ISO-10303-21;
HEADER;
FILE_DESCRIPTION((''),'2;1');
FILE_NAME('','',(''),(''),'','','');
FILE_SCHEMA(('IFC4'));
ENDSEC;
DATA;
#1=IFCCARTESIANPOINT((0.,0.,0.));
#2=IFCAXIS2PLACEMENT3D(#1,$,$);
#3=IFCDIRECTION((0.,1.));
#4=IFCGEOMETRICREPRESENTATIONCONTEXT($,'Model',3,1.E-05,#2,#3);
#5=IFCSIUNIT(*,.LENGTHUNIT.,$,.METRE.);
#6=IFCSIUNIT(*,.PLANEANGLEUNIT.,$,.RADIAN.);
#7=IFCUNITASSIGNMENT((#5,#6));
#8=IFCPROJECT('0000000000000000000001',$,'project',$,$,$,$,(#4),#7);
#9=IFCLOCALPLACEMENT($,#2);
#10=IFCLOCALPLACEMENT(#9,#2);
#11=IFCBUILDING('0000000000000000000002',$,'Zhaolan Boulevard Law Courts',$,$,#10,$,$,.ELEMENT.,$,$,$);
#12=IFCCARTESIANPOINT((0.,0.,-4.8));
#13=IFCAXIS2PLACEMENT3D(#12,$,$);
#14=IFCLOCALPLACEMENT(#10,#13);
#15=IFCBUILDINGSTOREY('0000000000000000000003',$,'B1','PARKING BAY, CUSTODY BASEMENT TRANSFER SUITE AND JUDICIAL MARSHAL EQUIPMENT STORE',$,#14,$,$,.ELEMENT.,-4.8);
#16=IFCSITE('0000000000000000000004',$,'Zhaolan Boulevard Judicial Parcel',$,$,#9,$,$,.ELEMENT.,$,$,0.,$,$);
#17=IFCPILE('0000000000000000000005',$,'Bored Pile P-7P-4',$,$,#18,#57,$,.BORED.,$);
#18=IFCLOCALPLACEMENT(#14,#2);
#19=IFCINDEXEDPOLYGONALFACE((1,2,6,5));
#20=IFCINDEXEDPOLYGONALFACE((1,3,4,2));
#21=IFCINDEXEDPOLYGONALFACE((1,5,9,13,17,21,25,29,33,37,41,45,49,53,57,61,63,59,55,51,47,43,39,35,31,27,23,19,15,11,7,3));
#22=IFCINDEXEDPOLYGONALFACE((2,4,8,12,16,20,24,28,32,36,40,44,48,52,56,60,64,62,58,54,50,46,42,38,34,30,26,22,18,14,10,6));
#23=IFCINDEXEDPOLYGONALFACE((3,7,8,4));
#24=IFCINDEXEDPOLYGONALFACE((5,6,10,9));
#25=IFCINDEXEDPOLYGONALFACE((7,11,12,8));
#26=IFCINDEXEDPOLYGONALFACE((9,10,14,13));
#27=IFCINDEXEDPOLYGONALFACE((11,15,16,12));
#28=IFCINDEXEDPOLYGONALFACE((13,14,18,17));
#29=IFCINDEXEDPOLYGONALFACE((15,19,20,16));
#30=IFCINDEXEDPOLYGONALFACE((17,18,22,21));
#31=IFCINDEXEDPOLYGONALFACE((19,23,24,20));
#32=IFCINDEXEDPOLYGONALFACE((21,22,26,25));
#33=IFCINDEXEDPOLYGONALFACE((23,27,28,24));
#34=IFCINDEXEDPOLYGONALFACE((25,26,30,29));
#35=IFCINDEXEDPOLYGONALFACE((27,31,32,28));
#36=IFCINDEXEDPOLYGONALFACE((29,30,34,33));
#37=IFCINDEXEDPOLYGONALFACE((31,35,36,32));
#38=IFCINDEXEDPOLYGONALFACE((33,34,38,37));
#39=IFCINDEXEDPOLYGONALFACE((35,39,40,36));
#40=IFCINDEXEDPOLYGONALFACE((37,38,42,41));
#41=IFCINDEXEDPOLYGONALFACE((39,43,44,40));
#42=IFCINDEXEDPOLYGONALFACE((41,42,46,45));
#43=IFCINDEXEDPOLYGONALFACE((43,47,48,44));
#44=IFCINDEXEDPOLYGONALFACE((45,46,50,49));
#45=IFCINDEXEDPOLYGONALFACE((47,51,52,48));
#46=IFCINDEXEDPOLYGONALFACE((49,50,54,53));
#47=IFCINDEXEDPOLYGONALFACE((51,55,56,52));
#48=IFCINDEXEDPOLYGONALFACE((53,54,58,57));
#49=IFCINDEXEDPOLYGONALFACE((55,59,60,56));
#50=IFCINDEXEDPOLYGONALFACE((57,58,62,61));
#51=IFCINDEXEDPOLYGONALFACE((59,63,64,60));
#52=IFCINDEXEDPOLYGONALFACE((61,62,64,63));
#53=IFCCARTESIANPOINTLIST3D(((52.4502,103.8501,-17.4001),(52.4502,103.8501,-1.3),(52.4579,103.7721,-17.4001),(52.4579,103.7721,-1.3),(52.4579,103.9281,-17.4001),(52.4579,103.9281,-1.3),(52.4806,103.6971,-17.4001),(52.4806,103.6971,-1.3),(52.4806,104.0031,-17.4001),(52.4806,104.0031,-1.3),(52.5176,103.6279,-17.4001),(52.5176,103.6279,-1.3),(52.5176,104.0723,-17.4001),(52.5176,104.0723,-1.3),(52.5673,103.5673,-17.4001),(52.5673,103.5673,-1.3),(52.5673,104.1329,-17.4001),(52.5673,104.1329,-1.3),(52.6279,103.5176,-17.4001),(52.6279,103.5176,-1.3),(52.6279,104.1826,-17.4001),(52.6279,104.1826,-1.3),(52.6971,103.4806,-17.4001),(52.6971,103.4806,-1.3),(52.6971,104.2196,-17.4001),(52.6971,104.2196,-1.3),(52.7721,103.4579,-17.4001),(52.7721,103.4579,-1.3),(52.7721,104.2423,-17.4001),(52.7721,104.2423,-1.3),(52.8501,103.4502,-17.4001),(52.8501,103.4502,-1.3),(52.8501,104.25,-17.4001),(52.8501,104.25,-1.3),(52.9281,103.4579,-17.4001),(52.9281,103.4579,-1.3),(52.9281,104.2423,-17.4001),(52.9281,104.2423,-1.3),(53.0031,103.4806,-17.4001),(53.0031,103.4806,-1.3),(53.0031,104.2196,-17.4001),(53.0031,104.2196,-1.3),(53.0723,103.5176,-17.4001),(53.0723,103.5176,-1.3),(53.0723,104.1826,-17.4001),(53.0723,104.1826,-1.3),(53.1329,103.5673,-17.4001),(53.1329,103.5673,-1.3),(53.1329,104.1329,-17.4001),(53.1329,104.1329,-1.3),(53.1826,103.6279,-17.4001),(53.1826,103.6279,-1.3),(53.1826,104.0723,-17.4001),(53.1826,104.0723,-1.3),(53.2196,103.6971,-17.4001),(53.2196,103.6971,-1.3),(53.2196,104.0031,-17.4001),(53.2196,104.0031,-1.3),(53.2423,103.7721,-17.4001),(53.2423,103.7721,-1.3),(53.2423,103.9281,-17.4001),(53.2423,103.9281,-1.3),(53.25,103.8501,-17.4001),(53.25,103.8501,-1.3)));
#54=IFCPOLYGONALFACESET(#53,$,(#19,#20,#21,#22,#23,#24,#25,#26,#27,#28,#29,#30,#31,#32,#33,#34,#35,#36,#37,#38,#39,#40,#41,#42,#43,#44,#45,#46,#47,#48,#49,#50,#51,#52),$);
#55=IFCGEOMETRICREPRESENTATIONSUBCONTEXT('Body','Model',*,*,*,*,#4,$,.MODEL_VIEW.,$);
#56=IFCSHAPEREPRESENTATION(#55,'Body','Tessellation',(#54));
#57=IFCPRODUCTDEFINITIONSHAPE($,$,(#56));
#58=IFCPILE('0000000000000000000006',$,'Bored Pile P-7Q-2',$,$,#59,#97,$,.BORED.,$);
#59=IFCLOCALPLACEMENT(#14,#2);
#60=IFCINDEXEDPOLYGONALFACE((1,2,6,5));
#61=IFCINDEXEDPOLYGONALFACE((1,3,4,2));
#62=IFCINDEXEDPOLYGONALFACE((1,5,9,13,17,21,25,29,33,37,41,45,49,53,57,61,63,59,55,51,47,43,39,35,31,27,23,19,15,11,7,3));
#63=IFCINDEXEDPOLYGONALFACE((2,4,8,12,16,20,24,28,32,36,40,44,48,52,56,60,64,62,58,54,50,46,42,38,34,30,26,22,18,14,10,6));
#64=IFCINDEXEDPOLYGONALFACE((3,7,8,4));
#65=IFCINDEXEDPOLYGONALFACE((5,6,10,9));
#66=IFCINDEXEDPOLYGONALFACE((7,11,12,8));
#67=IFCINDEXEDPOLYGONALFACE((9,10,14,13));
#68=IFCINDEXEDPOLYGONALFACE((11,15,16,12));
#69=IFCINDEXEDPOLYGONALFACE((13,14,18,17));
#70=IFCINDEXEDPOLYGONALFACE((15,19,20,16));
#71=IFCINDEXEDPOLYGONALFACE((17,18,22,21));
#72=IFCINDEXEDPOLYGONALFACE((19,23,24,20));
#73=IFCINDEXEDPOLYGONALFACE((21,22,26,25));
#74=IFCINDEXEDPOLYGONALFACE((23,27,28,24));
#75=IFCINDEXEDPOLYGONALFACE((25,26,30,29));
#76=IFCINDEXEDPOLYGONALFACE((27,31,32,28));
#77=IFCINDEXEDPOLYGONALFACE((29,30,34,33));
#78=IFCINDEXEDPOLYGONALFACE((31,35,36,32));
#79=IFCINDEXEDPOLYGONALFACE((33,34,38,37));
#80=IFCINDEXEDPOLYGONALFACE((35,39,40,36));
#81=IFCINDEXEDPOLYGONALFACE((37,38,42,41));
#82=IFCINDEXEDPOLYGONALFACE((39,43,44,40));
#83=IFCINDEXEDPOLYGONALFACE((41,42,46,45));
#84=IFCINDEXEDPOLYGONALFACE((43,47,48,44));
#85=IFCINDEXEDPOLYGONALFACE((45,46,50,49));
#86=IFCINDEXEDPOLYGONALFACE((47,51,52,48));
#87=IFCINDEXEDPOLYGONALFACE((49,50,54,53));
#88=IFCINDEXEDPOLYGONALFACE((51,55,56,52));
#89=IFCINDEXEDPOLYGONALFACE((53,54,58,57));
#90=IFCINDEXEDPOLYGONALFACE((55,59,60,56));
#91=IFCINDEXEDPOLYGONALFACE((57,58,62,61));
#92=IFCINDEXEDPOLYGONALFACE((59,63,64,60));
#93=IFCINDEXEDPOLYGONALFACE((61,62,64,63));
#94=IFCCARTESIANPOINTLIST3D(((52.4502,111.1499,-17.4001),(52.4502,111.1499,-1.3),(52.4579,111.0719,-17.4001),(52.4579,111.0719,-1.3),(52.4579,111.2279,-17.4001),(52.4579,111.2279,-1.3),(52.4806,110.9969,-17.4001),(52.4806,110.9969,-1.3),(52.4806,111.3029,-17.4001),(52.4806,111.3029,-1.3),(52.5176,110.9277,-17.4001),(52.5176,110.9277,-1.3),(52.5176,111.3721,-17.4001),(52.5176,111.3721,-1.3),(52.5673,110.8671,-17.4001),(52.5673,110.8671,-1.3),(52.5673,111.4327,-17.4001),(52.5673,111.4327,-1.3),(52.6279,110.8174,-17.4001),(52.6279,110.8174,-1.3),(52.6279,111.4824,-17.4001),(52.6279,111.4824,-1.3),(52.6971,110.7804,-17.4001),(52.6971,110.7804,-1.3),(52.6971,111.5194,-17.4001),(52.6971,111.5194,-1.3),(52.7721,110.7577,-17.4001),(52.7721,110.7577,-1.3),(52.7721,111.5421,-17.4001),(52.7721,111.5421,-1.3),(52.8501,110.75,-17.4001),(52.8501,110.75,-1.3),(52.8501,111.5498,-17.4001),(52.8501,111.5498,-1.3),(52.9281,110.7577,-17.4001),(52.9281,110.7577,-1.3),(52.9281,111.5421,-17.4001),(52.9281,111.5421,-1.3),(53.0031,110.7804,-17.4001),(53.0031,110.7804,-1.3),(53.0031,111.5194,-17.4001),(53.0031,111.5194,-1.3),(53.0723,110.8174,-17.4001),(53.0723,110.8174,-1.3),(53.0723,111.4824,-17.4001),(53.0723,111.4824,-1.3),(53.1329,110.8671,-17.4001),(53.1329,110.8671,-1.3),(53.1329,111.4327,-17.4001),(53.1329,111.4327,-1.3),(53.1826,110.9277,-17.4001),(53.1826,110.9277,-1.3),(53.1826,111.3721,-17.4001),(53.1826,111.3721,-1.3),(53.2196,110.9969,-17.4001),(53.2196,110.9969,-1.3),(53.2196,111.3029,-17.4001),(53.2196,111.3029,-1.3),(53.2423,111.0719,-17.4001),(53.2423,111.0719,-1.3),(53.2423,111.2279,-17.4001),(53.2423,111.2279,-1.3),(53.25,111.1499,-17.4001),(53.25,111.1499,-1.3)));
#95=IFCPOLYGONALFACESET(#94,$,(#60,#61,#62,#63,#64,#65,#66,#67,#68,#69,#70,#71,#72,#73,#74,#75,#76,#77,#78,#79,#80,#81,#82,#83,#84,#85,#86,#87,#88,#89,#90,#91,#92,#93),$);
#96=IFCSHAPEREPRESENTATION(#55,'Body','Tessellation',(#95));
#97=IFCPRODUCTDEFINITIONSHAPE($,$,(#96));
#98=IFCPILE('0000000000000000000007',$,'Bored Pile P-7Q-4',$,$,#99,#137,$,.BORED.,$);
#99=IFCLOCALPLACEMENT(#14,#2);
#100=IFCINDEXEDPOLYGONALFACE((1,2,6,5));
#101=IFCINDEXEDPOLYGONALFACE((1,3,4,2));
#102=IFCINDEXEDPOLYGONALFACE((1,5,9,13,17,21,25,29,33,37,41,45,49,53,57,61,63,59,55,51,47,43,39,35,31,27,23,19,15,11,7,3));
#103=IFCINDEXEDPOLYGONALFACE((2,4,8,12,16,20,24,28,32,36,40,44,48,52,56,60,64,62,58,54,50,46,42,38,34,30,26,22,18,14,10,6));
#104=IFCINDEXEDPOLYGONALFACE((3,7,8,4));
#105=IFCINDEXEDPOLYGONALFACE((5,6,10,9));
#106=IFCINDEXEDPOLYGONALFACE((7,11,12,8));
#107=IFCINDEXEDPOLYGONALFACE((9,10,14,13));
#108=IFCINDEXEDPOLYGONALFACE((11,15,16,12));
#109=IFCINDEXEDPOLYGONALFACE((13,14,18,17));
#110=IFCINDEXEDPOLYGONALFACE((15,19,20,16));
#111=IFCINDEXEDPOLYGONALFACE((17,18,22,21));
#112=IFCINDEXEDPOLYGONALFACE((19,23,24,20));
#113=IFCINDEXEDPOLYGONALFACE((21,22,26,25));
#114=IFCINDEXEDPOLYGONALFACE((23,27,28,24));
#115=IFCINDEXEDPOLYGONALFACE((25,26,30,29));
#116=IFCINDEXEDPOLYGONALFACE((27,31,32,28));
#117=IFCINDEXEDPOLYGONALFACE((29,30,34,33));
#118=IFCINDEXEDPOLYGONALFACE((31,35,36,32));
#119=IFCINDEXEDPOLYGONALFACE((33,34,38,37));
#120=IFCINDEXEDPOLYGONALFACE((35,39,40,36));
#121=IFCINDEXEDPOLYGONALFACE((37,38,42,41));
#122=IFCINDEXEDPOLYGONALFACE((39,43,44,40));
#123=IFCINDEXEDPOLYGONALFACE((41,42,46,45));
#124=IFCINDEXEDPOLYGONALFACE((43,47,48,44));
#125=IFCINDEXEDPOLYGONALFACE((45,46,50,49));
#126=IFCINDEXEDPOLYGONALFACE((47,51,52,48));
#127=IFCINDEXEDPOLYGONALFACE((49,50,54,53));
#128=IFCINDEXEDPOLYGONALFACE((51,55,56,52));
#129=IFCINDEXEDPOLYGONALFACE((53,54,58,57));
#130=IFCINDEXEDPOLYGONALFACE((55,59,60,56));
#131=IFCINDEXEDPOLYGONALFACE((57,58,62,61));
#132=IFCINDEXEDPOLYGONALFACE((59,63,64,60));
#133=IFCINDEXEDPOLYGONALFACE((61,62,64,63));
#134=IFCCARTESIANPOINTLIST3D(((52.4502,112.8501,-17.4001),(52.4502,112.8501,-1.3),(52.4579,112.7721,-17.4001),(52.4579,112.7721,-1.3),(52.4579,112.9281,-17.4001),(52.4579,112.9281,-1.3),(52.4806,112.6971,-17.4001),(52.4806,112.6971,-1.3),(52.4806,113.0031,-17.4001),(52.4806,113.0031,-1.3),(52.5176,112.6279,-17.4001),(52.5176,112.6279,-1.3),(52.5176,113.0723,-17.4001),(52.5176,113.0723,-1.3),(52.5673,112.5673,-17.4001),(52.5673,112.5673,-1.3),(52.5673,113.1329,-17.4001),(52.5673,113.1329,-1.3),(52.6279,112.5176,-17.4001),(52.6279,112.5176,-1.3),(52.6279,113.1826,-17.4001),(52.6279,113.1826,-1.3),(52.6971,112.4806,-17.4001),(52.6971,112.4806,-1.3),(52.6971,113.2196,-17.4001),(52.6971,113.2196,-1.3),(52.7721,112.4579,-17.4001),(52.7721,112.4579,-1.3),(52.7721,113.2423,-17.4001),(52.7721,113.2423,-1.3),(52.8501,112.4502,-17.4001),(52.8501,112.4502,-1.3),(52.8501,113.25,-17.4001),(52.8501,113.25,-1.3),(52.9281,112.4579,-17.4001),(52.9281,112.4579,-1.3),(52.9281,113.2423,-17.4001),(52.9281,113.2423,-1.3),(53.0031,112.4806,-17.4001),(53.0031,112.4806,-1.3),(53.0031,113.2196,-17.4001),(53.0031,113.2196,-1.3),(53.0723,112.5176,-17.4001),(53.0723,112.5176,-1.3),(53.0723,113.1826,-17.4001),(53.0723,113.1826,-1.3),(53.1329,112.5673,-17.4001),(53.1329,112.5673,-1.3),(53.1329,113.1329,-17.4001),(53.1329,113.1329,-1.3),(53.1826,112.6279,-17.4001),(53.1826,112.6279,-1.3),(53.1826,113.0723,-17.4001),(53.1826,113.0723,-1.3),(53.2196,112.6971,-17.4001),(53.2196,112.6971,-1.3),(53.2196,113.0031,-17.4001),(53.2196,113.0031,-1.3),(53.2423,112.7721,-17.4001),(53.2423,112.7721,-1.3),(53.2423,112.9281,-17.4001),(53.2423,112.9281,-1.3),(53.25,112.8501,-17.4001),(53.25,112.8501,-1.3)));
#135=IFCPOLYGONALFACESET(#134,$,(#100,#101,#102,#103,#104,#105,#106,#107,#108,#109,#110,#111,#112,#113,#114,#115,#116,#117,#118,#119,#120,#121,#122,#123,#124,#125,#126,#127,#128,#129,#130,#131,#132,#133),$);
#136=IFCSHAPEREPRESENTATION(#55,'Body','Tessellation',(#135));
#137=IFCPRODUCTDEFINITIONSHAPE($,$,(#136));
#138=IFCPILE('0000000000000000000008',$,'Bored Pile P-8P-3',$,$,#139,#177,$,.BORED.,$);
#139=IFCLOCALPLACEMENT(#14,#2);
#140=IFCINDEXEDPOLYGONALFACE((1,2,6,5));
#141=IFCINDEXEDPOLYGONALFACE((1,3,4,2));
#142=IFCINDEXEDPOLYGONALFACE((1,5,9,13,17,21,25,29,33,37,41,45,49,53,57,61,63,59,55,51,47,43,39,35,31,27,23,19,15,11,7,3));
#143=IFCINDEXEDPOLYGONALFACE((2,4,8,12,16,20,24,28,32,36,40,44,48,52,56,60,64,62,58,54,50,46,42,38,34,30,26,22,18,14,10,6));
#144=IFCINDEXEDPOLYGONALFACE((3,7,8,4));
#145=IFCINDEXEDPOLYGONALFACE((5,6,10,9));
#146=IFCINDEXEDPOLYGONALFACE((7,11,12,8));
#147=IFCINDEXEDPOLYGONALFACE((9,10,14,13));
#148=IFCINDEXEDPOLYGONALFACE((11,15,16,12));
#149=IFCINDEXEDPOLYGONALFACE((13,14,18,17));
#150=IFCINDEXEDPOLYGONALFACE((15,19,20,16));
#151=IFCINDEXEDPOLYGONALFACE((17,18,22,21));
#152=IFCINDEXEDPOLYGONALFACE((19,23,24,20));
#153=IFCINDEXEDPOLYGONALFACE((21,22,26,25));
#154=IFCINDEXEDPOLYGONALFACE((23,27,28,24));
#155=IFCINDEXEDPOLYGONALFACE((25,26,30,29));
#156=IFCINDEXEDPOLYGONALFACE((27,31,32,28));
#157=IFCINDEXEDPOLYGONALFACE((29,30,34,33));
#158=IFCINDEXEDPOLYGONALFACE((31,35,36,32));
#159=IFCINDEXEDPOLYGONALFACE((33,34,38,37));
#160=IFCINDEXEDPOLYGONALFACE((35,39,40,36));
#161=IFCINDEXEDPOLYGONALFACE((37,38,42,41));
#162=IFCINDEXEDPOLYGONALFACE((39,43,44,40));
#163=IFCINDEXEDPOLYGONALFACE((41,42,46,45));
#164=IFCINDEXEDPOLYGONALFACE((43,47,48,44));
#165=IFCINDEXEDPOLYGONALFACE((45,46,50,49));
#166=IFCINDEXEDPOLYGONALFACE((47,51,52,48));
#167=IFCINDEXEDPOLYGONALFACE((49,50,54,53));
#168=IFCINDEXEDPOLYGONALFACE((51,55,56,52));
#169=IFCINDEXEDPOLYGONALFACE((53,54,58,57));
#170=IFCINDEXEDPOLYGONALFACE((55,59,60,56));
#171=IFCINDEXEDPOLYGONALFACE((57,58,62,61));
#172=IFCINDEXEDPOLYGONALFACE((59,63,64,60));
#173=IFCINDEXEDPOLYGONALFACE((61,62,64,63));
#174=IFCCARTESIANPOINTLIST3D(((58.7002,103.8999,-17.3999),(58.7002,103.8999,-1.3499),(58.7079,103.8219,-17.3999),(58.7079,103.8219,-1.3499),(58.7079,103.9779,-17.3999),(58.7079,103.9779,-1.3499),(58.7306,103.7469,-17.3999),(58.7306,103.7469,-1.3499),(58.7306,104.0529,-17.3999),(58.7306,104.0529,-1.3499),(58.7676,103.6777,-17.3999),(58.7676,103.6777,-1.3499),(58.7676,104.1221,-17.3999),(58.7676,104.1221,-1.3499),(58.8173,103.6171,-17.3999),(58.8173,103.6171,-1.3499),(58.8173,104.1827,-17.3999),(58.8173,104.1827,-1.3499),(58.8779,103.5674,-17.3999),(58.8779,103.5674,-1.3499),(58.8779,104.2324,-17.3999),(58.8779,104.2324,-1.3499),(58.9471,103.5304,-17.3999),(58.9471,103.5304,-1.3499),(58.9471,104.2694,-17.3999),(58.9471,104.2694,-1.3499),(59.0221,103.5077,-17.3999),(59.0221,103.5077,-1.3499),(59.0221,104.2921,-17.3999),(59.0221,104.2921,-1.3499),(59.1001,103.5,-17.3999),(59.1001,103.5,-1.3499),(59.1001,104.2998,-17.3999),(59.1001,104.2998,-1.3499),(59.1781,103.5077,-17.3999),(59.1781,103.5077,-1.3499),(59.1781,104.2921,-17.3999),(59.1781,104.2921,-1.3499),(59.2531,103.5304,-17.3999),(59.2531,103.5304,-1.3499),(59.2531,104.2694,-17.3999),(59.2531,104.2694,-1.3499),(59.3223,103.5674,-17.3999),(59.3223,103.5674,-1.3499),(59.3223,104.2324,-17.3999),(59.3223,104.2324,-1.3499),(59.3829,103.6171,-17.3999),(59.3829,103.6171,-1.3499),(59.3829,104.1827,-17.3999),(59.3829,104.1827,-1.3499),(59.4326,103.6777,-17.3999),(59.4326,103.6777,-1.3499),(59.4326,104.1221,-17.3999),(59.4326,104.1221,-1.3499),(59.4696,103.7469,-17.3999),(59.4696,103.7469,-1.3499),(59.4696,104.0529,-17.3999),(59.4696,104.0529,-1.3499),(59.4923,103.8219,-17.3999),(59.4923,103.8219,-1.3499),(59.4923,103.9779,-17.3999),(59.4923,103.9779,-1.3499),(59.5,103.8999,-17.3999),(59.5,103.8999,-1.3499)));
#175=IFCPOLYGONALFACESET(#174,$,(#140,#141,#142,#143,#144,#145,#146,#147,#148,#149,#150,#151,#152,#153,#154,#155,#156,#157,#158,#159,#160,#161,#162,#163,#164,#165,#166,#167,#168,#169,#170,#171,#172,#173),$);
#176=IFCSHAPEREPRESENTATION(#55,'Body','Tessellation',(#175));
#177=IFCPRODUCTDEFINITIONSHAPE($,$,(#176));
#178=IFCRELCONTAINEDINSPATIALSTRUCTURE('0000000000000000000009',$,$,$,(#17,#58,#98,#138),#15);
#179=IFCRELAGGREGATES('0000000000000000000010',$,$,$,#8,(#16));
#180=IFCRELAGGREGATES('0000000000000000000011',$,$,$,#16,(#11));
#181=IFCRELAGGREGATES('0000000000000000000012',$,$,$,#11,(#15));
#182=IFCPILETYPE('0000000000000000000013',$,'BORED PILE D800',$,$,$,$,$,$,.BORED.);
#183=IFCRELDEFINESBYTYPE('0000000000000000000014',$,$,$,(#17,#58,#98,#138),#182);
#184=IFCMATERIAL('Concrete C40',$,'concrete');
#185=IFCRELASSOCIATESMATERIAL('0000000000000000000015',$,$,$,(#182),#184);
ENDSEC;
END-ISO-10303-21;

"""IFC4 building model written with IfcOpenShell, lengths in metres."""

from ifc_helpers import new_model, si_unit, direction, frame, origin, origin_2d, place, context, subcontext, project, spatial, circle, extrude, material, material_profile, profile_set, type_object, element, save


model = new_model("IFC4")

# Units and contexts
model_context = context("Model", 3, precision=1e-05, world=origin(), true_north=direction((0.0, 1.0)))
body_context = subcontext(model_context, "Body", "Model", "MODEL_VIEW")
ifc_project = project(units=[si_unit("LENGTHUNIT", "METRE"), si_unit("PLANEANGLEUNIT", "RADIAN")], contexts=[model_context])

# Site, building, storey
site_placement = place(None, origin())
site = spatial("IfcSite", under=ifc_project, at=site_placement, Name="Zhaolan Boulevard Judicial Parcel", CompositionType="ELEMENT", RefElevation=0.0)
building_placement = place(site_placement, origin())
building = spatial("IfcBuilding", under=site, at=building_placement, Name="Zhaolan Boulevard Law Courts", CompositionType="ELEMENT")
storey_placement = place(building_placement, frame((0.0, 0.0, -4.8)))
storey = spatial("IfcBuildingStorey", under=building, at=storey_placement, Name="B1", Description="PARKING BAY, CUSTODY BASEMENT TRANSFER SUITE AND JUDICIAL MARSHAL EQUIPMENT STORE", CompositionType="ELEMENT", Elevation=-4.8)

# Piles
ifc_material_1 = material(Name="Concrete C40", Category="concrete")
ifc_material_profile_1 = material_profile(ifc_material_1, circle(Radius=0.3999, at=origin_2d()), Name="PILE-D800")
ifc_profile_set_1 = profile_set([ifc_material_profile_1], Name="Concrete C40")
pile_type = type_object("IfcPileType", Name="BORED PILE D800", PredefinedType="BORED", material=ifc_profile_set_1)
for number, where, z_axis, x_axis, name in (
    (1, (52.8501, 103.8501, -1.3), (0.0, 0.0, -1.0), (1.0, 0.0, 0.0), "Bored Pile P-7P-4"),
    (2, (52.8501, 111.1499, -1.3), (0.0, 0.0, -1.0), (1.0, 0.0, 0.0), "Bored Pile P-7Q-2"),
    (3, (52.8501, 112.8501, -1.3), (0.0, 0.0, -1.0), (1.0, 0.0, 0.0), "Bored Pile P-7Q-4"),
):
    element("IfcPile", number, at=place(storey_placement, frame(where, z_axis=z_axis, x_axis=x_axis)), inside=storey, type_object=pile_type, Name=name, PredefinedType="BORED", context=body_context, shape_type="SweptSolid", body=[
        extrude(circle(Radius=0.3999, at=origin_2d()), origin(), (0.0, 0.0, 1.0), 16.1001),
    ])
for number, where, z_axis, x_axis, name in (
    (4, (59.1001, 103.8999, -1.3499), (0.0, 0.0, -1.0), (1.0, 0.0, 0.0), "Bored Pile P-8P-3"),
):
    element("IfcPile", number, at=place(storey_placement, frame(where, z_axis=z_axis, x_axis=x_axis)), inside=storey, type_object=pile_type, Name=name, PredefinedType="BORED", context=body_context, shape_type="SweptSolid", body=[
        extrude(circle(Radius=0.3999, at=origin_2d()), origin(), (0.0, 0.0, 1.0), 16.05),
    ])

save(model, "model.ifc")
